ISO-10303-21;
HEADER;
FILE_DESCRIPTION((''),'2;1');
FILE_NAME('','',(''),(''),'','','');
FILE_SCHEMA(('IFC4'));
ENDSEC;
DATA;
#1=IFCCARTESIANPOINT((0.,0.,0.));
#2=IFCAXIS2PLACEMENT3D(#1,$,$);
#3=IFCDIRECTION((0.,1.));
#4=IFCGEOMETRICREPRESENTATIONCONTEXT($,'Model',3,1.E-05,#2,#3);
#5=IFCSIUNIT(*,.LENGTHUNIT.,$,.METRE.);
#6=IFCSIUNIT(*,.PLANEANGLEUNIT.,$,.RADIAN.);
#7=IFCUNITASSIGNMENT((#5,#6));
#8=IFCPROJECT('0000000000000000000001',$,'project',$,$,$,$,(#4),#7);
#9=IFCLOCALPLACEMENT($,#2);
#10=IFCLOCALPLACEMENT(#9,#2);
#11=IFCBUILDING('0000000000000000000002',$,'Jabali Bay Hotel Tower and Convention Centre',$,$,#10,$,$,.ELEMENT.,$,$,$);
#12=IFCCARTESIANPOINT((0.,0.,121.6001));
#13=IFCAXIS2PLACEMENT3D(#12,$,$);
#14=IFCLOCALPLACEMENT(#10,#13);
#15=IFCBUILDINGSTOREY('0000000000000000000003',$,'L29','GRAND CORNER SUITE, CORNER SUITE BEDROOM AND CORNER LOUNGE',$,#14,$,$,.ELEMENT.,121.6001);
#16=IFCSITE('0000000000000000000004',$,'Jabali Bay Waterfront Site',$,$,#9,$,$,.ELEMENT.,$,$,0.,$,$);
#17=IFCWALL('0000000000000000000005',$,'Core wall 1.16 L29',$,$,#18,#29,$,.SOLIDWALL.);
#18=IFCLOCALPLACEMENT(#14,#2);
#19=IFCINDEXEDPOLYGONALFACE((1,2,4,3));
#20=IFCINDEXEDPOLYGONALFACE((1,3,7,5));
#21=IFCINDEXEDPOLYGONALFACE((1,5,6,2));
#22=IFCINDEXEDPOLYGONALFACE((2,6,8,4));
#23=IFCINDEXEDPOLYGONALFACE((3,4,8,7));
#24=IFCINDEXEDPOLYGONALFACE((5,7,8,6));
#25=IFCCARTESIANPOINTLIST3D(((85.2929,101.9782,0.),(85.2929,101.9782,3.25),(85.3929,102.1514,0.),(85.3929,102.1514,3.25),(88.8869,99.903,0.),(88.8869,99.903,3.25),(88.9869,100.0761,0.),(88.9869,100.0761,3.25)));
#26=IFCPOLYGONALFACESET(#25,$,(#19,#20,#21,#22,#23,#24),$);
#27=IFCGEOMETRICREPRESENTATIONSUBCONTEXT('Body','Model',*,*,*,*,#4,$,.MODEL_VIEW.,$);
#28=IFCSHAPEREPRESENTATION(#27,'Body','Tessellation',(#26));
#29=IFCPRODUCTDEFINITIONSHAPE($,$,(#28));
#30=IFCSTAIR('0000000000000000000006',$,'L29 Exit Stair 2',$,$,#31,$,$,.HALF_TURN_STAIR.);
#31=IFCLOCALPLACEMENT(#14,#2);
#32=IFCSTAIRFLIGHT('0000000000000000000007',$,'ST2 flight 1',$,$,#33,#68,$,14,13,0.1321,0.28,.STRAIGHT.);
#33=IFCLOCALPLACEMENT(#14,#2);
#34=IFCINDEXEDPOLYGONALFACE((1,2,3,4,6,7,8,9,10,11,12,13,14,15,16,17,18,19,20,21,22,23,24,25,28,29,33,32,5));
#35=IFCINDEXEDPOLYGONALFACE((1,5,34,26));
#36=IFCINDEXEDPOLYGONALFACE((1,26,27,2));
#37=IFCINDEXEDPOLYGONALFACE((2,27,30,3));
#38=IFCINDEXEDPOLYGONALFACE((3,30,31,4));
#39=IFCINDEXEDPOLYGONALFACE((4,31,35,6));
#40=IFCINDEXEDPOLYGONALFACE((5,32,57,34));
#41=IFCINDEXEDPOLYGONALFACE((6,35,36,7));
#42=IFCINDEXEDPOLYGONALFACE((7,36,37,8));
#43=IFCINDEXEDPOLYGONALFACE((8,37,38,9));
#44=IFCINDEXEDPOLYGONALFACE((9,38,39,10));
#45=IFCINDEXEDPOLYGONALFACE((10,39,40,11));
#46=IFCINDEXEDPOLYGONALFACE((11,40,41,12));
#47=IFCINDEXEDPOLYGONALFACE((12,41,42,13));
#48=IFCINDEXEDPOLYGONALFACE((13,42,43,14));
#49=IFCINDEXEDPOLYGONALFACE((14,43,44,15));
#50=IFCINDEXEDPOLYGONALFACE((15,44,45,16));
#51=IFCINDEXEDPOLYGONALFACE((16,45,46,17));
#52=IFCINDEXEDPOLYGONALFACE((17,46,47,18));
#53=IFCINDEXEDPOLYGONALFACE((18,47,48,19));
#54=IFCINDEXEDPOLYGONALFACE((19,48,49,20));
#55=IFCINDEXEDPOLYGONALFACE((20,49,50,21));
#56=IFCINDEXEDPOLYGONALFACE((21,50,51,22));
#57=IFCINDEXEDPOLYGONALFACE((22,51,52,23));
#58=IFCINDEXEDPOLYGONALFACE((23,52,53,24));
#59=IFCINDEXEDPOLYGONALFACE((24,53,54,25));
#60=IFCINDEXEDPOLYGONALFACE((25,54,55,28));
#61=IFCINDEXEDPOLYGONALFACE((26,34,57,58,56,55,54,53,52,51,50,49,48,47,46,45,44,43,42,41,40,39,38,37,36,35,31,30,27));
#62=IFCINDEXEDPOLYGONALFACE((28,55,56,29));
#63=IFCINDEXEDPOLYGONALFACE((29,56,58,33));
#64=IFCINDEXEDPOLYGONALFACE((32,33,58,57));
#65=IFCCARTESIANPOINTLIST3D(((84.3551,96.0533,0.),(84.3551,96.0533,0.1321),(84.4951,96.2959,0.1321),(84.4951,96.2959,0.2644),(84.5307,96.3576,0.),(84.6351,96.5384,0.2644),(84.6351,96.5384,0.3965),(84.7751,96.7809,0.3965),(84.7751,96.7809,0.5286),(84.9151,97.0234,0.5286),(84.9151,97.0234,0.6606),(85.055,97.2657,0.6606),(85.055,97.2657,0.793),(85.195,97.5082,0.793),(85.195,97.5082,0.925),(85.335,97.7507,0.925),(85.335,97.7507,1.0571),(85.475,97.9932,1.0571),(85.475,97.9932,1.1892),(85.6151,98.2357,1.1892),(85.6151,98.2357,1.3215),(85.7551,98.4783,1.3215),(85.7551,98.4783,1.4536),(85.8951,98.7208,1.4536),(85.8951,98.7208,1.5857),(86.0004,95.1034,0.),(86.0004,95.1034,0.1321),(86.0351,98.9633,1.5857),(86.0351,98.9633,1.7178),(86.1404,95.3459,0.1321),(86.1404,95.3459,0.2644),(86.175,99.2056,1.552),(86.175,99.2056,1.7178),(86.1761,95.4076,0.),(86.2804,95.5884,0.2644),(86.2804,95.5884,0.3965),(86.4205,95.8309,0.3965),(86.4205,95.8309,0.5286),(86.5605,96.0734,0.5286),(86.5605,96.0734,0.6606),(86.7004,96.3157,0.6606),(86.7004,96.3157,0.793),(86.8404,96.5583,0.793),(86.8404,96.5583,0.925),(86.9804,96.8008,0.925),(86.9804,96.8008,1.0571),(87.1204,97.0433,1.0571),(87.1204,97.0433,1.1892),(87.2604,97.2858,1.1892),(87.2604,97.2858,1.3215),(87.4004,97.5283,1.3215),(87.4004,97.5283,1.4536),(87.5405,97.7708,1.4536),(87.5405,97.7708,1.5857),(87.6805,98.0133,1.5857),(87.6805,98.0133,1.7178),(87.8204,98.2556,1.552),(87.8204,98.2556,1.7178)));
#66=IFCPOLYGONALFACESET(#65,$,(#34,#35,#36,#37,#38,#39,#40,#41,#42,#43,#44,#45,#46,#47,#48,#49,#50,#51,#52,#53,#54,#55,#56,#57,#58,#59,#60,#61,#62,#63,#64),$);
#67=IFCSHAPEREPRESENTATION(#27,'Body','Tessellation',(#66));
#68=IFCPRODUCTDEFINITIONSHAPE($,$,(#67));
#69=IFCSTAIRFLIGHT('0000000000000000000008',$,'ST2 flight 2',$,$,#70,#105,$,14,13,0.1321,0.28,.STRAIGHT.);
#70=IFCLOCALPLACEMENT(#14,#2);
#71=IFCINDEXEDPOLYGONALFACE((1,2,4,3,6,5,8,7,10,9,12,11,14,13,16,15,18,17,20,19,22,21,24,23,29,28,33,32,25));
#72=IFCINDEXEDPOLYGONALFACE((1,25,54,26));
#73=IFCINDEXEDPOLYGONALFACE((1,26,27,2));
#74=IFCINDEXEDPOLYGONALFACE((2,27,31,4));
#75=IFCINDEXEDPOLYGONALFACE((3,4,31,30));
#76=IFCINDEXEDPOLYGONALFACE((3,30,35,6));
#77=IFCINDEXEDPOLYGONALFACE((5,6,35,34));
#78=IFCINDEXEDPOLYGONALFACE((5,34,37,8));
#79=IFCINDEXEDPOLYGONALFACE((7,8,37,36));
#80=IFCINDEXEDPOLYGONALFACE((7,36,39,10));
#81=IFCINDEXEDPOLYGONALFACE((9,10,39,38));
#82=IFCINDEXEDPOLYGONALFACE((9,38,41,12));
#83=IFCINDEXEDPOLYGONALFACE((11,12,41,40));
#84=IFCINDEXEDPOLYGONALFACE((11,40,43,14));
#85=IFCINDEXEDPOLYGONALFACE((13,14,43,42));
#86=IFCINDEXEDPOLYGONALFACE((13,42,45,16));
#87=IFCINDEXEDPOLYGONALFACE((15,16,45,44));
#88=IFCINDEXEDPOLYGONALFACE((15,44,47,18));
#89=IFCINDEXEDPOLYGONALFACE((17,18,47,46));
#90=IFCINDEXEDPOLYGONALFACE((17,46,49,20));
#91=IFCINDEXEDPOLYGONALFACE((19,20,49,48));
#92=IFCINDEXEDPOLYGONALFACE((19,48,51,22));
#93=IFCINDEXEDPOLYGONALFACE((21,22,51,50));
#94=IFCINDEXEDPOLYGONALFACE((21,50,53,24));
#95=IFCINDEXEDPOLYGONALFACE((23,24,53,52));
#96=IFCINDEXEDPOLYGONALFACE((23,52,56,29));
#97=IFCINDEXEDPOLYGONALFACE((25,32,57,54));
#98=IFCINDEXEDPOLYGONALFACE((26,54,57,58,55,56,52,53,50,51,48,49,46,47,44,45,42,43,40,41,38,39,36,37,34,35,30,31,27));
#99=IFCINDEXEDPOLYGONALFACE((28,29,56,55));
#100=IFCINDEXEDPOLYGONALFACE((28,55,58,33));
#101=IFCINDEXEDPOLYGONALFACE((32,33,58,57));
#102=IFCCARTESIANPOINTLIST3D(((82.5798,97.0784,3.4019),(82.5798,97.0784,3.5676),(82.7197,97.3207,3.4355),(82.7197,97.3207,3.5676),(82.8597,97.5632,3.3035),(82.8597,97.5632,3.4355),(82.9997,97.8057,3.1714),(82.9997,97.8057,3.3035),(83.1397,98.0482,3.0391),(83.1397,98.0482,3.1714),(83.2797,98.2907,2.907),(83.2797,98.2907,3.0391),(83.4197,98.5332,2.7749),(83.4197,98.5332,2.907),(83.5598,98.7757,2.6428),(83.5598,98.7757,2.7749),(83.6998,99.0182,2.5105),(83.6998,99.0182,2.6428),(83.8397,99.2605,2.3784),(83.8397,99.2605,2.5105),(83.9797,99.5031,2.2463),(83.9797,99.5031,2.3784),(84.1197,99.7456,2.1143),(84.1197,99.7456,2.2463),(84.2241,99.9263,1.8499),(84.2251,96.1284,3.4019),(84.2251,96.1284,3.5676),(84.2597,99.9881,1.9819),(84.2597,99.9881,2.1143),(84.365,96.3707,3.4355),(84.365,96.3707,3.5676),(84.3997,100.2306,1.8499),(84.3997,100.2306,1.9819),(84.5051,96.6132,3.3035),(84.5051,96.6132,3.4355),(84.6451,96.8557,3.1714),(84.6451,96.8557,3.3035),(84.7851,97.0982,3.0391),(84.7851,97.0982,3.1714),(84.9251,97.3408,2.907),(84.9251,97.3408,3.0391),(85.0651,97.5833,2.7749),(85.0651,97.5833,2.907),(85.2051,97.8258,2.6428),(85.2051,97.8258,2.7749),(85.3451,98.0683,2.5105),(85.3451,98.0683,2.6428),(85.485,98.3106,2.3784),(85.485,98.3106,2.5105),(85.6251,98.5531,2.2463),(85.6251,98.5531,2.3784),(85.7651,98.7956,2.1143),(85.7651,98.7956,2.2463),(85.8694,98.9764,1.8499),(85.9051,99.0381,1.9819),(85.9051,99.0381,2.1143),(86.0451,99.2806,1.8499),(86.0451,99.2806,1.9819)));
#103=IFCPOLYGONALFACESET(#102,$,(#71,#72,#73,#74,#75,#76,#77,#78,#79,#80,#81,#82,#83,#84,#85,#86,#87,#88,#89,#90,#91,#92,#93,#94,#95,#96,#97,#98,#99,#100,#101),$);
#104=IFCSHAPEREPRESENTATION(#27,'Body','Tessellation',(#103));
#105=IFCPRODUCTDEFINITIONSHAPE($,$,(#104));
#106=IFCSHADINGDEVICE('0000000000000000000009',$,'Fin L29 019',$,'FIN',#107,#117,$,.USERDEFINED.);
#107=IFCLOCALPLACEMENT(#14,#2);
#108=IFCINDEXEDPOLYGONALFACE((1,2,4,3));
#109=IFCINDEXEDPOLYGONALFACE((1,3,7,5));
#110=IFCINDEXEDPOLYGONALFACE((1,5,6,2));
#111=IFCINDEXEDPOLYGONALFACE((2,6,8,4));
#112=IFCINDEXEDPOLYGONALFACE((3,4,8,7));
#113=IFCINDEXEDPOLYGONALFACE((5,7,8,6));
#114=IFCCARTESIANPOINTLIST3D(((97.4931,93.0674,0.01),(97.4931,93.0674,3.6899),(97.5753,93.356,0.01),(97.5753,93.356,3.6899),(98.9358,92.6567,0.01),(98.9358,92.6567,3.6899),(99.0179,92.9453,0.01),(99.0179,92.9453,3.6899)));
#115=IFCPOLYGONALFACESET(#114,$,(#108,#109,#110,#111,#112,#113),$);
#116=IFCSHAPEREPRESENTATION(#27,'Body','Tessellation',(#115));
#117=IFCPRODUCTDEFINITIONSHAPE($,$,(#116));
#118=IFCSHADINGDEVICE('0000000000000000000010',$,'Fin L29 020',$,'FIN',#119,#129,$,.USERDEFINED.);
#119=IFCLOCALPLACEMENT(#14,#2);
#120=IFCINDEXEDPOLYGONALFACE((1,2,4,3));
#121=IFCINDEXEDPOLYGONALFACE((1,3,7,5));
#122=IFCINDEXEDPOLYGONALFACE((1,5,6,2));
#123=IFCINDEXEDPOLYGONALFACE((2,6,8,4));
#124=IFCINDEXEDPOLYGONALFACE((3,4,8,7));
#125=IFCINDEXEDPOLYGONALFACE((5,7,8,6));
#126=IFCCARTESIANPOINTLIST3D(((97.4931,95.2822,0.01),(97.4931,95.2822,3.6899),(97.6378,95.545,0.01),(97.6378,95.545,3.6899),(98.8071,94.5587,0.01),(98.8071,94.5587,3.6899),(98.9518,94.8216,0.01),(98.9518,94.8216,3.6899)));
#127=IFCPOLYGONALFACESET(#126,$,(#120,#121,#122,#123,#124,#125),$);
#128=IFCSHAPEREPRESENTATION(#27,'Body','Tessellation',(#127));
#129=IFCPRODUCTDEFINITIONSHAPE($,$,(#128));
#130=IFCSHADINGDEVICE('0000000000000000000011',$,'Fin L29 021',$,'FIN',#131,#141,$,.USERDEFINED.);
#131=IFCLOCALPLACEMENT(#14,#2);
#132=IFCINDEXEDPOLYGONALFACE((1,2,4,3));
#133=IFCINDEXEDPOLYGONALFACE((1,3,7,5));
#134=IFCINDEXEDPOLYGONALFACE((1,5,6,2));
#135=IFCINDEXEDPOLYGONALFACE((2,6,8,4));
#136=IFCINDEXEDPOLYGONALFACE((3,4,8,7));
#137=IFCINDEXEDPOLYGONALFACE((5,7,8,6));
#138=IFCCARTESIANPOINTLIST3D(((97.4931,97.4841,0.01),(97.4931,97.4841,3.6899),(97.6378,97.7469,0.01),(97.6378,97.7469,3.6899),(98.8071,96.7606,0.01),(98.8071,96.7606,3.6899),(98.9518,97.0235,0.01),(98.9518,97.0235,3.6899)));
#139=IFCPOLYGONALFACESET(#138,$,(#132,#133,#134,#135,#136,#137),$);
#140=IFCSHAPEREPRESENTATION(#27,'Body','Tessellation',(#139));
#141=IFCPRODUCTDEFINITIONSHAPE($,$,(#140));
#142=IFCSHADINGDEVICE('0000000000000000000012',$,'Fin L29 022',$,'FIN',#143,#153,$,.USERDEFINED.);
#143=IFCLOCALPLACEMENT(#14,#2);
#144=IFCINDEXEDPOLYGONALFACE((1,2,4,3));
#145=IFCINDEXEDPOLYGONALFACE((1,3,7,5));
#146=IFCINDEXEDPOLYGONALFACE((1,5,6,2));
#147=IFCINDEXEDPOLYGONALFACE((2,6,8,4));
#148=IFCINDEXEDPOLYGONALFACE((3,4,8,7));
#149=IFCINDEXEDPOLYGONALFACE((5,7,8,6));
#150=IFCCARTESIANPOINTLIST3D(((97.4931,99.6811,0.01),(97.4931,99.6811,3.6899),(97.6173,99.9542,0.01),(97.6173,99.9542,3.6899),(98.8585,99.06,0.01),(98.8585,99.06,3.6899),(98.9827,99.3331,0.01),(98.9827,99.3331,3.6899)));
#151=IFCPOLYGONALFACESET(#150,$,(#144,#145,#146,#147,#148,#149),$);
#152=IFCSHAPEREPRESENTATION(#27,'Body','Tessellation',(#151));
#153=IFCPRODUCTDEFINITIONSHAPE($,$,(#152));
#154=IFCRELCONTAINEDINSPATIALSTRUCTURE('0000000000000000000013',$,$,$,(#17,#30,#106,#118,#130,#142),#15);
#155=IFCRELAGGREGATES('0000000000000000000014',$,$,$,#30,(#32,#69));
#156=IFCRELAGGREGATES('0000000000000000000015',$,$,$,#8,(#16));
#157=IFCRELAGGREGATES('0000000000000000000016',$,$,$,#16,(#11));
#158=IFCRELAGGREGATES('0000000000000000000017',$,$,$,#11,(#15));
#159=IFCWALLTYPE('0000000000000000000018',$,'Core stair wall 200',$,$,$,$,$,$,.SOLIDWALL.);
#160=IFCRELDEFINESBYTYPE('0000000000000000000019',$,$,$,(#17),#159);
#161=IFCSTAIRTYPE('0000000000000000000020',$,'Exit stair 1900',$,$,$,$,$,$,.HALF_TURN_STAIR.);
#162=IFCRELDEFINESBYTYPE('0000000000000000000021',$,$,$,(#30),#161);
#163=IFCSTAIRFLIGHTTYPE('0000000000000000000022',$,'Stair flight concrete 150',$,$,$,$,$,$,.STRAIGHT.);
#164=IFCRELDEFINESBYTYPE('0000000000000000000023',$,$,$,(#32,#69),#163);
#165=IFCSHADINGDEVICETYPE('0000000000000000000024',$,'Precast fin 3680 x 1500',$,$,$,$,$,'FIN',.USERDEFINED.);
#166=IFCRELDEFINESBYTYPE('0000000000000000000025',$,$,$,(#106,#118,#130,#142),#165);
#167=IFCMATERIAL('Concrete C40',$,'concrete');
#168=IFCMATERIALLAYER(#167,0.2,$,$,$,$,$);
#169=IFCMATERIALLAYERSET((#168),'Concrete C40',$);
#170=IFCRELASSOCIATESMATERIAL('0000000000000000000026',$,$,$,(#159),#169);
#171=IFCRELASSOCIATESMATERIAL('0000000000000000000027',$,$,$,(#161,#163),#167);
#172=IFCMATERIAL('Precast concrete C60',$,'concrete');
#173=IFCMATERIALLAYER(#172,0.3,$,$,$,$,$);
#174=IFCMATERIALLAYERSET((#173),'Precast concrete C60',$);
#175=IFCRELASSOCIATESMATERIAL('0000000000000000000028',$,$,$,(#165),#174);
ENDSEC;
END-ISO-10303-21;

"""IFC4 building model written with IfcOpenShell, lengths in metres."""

from ifc_helpers import new_model, si_unit, direction, frame, frame_2d, origin, place, context, subcontext, project, spatial, polyline, rectangle, outline, extrude, material, layer, layer_set, type_object, element, aggregate, save


model = new_model("IFC4")

# Units and contexts
model_context = context("Model", 3, precision=1e-05, world=origin(), true_north=direction((0.0, 1.0)))
body_context = subcontext(model_context, "Body", "Model", "MODEL_VIEW")
ifc_project = project(units=[si_unit("LENGTHUNIT", "METRE"), si_unit("PLANEANGLEUNIT", "RADIAN")], contexts=[model_context])

# Site, building, storey
site_placement = place(None, origin())
site = spatial("IfcSite", under=ifc_project, at=site_placement, Name="Jabali Bay Waterfront Site", CompositionType="ELEMENT", RefElevation=0.0)
building_placement = place(site_placement, origin())
building = spatial("IfcBuilding", under=site, at=building_placement, Name="Jabali Bay Hotel Tower and Convention Centre", CompositionType="ELEMENT")
storey_placement = place(building_placement, frame((0.0, 0.0, 121.6001)))
storey = spatial("IfcBuildingStorey", under=building, at=storey_placement, Name="L29", Description="GRAND CORNER SUITE, CORNER SUITE BEDROOM AND CORNER LOUNGE", CompositionType="ELEMENT", Elevation=121.6001)

# Shared definitions
ifc_material_1 = material(Name="Concrete C40", Category="concrete")

# Shared definitions
ifc_layer_1 = layer(ifc_material_1, 0.2)
ifc_layer_set_1 = layer_set([ifc_layer_1], Name="Concrete C40")
wall_type_1 = type_object("IfcWallType", Name="Core stair wall 200", PredefinedType="SOLIDWALL", material=ifc_layer_set_1)

# Wall
wall_1_placement = place(storey_placement, frame((88.937, 99.9895, 0.0), z_axis=(0.0, 0.0, 1.0), x_axis=(-0.866004, 0.500036, 0.0)))
element("IfcWall", 1, at=wall_1_placement, inside=storey, type_object=wall_type_1, Name="Core wall 1.16 L29", PredefinedType="SOLIDWALL", context=body_context, shape_type="SweptSolid", body=[
    extrude(rectangle(XDim=4.1501, YDim=0.2, at=frame_2d((2.0752, 0.0))), origin(), (0.0, 0.0, 1.0), 3.25),
])

# Stair, stair flights
stair_type = type_object("IfcStairType", Name="Exit stair 1900", PredefinedType="HALF_TURN_STAIR", material=ifc_material_1)
stair_placement = place(storey_placement, origin())
stair = element("IfcStair", 2, at=stair_placement, inside=storey, type_object=stair_type, Name="L29 Exit Stair 2", PredefinedType="HALF_TURN_STAIR")
stair_flight_type = type_object("IfcStairFlightType", Name="Stair flight concrete 150", PredefinedType="STRAIGHT", material=ifc_material_1)
stair_flight_1_placement = place(storey_placement, frame((85.1777, 95.5784, 0.0), z_axis=(0.0, 0.0, 1.0), x_axis=(0.5, 0.866025, 0.0)))
stair_flight_1 = element("IfcStairFlight", 3, at=stair_flight_1_placement, type_object=stair_flight_type, Name="ST2 flight 1", NumberOfRisers=14, NumberOfTreads=13, PredefinedType="STRAIGHT", RiserHeight=0.1321, TreadLength=0.28, context=body_context, shape_type="SweptSolid", body=[
    extrude(outline(polyline([(0.0, 0.0), (0.0, 0.1321), (0.28, 0.1321), (0.28, 0.2644), (0.5601, 0.2644), (0.5601, 0.3965), (0.8401, 0.3965), (0.8401, 0.5286), (1.1201, 0.5286), (1.1201, 0.6606), (1.3999, 0.6606), (1.3999, 0.793), (1.6799, 0.793), (1.6799, 0.925), (1.96, 0.925), (1.96, 1.0571), (2.24, 1.0571), (2.24, 1.1892), (2.52, 1.1892), (2.52, 1.3215), (2.8, 1.3215), (2.8, 1.4536), (3.0801, 1.4536), (3.0801, 1.5857), (3.3601, 1.5857), (3.3601, 1.7178), (3.6399, 1.7178), (3.6399, 1.8501), (3.6399, 1.552), (0.3513, 0.0), (0.0, 0.0)])), frame((0.0, 0.95, 0.0), z_axis=(0.0, -1.0, 0.0), x_axis=(1.0, 0.0, 0.0)), (0.0, 0.0, 1.0), 1.8999),
])
stair_flight_2_placement = place(storey_placement, frame((85.2224, 99.7556, 1.8499), z_axis=(0.0, 0.0, 1.0), x_axis=(-0.5, -0.866025, 0.0)))
stair_flight_2 = element("IfcStairFlight", 4, at=stair_flight_2_placement, type_object=stair_flight_type, Name="ST2 flight 2", NumberOfRisers=14, NumberOfTreads=13, PredefinedType="STRAIGHT", RiserHeight=0.1321, TreadLength=0.28, context=body_context, shape_type="SweptSolid", body=[
    extrude(outline(polyline([(0.0, 0.0), (0.0, 0.1321), (0.28, 0.1321), (0.28, 0.2644), (0.5601, 0.2644), (0.5601, 0.3965), (0.8401, 0.3965), (0.8401, 0.5286), (1.1201, 0.5286), (1.1201, 0.6606), (1.3999, 0.6606), (1.3999, 0.793), (1.6799, 0.793), (1.6799, 0.925), (1.96, 0.925), (1.96, 1.0571), (2.24, 1.0571), (2.24, 1.1892), (2.52, 1.1892), (2.52, 1.3215), (2.8, 1.3215), (2.8, 1.4536), (3.0801, 1.4536), (3.0801, 1.5857), (3.3601, 1.5857), (3.3601, 1.7178), (3.6399, 1.7178), (3.6399, 1.8501), (3.6399, 1.552), (0.3513, 0.0), (0.0, 0.0)])), frame((0.0, 0.95, 0.0), z_axis=(0.0, -1.0, 0.0), x_axis=(1.0, 0.0, 0.0)), (0.0, 0.0, 1.0), 1.8999),
])
aggregate(stair, [stair_flight_1, stair_flight_2])

# Shading devices
ifc_material_2 = material(Name="Precast concrete C60", Category="concrete")
ifc_layer_2 = layer(ifc_material_2, 0.3)
ifc_layer_set_2 = layer_set([ifc_layer_2], Name="Precast concrete C60")
shading_device_type = type_object("IfcShadingDeviceType", Name="Precast fin 3680 x 1500", ElementType="FIN", PredefinedType="USERDEFINED", material=ifc_layer_set_2)
for number, where, z_axis, x_axis, name in (
    (5, (97.5342, 93.2117, 0.01), (0.0, 0.0, 1.0), (0.961794, -0.273775, 0.0), "Fin L29 019"),
    (6, (97.5654, 95.4136, 0.01), (0.0, 0.0, 1.0), (0.876017, -0.482281, 0.0), "Fin L29 020"),
    (7, (97.5654, 97.6155, 0.01), (0.0, 0.0, 1.0), (0.876017, -0.482281, 0.0), "Fin L29 021"),
    (8, (97.5552, 99.8176, 0.01), (0.0, 0.0, 1.0), (0.910261, -0.414036, 0.0), "Fin L29 022"),
):
    element("IfcShadingDevice", number, at=place(storey_placement, frame(where, z_axis=z_axis, x_axis=x_axis)), inside=storey, type_object=shading_device_type, Name=name, ObjectType="FIN", PredefinedType="USERDEFINED", context=body_context, shape_type="SweptSolid", body=[
        extrude(rectangle(XDim=1.5, YDim=0.3, at=frame_2d((0.75, 0.0))), origin(), (0.0, 0.0, 1.0), 3.6799),
    ])

save(model, "model.ifc")
